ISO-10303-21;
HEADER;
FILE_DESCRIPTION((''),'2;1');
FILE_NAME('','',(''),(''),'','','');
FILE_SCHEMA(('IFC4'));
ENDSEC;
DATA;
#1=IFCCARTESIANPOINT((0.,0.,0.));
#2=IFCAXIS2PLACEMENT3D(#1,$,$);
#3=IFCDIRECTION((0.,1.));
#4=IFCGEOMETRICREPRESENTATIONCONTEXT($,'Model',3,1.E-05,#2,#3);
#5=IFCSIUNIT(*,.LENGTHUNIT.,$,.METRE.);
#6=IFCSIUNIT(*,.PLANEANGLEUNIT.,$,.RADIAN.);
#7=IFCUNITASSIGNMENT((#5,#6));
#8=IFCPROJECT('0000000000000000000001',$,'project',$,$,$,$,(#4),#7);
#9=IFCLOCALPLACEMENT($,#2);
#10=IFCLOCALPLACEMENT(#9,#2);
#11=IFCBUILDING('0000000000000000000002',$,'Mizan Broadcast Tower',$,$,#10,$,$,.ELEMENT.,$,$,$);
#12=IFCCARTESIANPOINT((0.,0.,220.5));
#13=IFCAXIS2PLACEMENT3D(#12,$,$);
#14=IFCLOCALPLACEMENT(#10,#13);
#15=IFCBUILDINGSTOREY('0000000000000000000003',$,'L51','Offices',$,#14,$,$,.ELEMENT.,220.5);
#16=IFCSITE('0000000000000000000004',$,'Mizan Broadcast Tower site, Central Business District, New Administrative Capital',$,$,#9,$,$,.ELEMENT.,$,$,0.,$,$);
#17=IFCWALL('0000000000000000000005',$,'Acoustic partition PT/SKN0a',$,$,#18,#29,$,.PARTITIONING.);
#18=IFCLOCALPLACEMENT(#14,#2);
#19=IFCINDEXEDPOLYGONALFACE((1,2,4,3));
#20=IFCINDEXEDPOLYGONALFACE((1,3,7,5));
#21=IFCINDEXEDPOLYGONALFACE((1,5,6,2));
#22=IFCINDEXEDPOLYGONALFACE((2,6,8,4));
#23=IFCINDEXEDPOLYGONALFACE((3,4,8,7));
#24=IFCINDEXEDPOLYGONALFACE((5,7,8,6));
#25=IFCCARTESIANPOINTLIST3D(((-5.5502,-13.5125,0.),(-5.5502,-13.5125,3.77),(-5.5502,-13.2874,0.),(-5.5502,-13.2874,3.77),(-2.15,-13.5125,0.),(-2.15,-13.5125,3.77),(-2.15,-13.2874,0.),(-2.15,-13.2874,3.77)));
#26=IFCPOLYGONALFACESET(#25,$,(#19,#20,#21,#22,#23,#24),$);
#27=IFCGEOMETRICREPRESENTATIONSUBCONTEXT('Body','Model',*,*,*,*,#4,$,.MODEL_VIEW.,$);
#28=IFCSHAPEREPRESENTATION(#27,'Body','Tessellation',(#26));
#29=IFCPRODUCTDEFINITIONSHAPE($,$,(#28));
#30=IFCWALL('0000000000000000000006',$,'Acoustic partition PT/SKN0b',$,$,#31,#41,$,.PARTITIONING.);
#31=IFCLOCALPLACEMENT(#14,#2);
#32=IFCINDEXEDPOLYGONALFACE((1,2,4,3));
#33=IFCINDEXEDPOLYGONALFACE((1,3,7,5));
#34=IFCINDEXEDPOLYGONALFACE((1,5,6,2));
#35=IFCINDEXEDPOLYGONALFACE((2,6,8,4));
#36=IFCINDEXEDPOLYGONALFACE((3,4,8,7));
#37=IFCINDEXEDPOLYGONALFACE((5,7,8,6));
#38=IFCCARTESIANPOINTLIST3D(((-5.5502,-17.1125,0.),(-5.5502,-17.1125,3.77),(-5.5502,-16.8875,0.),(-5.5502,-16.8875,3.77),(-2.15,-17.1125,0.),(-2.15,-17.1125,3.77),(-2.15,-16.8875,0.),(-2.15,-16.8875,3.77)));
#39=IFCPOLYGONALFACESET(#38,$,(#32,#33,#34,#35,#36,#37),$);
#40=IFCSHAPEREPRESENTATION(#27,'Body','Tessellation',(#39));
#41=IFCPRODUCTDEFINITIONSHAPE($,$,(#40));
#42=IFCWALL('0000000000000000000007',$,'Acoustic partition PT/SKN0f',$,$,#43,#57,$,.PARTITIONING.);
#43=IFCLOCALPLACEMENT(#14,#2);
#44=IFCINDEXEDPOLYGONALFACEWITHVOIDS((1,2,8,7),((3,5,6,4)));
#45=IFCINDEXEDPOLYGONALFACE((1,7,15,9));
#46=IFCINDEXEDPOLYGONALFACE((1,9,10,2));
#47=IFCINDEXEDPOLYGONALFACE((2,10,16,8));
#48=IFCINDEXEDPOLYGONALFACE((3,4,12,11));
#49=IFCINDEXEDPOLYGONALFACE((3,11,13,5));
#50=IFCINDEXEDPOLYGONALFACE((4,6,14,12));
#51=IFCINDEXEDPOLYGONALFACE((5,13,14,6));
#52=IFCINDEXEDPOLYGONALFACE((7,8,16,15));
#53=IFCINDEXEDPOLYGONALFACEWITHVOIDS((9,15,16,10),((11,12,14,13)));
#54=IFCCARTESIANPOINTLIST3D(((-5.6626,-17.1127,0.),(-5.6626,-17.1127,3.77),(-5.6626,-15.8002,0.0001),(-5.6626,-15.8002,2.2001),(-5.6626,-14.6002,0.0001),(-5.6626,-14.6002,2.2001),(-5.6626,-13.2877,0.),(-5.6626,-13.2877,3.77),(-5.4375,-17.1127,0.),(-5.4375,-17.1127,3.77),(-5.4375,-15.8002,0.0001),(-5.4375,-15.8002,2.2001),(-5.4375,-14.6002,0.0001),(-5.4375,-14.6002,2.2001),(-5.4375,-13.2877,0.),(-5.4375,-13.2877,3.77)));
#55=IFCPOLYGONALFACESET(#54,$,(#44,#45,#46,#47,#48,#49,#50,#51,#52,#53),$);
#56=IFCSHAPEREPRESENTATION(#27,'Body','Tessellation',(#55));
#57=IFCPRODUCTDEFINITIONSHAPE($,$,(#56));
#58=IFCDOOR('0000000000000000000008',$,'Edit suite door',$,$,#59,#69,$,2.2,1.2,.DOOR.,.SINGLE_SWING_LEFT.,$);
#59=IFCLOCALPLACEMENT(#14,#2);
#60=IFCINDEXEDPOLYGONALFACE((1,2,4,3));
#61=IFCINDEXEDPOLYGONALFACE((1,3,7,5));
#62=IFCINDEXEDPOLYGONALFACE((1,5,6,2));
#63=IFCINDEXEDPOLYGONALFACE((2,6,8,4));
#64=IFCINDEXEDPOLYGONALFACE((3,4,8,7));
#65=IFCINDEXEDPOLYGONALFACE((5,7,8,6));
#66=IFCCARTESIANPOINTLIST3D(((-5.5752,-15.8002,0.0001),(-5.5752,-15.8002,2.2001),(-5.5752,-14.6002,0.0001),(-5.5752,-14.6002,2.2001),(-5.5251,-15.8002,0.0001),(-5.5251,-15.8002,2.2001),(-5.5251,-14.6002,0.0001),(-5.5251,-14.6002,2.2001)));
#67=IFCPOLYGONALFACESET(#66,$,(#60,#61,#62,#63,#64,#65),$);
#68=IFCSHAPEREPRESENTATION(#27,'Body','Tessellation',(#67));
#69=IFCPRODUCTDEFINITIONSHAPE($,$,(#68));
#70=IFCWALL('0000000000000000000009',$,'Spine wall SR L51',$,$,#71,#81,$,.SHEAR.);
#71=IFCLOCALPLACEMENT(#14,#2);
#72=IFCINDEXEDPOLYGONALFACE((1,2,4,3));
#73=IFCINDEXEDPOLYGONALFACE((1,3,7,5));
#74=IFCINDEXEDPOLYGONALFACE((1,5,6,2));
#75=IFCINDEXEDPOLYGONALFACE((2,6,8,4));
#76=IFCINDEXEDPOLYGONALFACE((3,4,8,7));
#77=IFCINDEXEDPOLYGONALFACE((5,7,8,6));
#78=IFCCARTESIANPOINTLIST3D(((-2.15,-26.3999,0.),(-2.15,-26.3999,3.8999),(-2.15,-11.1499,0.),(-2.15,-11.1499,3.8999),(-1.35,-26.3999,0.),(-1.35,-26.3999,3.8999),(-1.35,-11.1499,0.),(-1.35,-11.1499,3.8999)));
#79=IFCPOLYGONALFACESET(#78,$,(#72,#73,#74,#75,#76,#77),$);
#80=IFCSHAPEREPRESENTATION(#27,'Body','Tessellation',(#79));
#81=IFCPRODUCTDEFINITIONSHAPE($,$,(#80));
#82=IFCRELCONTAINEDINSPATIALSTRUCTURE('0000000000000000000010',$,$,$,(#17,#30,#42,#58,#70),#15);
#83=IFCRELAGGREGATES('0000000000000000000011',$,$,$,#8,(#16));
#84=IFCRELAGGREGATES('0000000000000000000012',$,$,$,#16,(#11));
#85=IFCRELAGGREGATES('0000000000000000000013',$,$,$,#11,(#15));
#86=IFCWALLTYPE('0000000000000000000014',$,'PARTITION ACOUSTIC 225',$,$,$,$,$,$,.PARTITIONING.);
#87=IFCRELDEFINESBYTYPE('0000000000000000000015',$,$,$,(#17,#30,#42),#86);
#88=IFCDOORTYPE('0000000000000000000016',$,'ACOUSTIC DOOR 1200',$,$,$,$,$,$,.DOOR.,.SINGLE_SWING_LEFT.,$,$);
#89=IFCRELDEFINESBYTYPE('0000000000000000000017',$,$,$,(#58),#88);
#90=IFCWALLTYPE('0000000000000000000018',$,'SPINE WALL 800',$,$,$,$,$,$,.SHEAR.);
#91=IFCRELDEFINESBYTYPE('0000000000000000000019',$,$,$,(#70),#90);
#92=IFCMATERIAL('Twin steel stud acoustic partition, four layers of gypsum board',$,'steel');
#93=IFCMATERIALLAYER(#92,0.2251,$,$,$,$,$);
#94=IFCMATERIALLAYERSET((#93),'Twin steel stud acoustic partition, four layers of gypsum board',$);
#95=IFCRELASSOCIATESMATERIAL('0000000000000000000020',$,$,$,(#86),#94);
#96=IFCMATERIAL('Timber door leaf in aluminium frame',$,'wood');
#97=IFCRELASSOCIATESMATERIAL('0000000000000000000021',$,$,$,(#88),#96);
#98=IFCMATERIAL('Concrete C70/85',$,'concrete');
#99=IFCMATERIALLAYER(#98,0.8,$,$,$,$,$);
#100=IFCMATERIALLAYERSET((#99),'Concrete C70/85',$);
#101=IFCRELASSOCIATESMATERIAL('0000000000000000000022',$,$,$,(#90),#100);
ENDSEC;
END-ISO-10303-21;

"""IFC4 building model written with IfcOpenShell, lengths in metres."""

from ifc_helpers import new_model, si_unit, direction, frame, frame_2d, origin, place, context, subcontext, project, spatial, rectangle, extrude, material, layer, layer_set, type_object, element, fill, save


model = new_model("IFC4")

# Units and contexts
model_context = context("Model", 3, precision=1e-05, world=origin(), true_north=direction((0.0, 1.0)))
body_context = subcontext(model_context, "Body", "Model", "MODEL_VIEW")
ifc_project = project(units=[si_unit("LENGTHUNIT", "METRE"), si_unit("PLANEANGLEUNIT", "RADIAN")], contexts=[model_context])

# Site, building, storey
site_placement = place(None, origin())
site = spatial("IfcSite", under=ifc_project, at=site_placement, Name="Mizan Broadcast Tower site, Central Business District, New Administrative Capital", CompositionType="ELEMENT", RefElevation=0.0)
building_placement = place(site_placement, origin())
building = spatial("IfcBuilding", under=site, at=building_placement, Name="Mizan Broadcast Tower", CompositionType="ELEMENT")
storey_placement = place(building_placement, frame((0.0, 0.0, 220.5)))
storey = spatial("IfcBuildingStorey", under=building, at=storey_placement, Name="L51", Description="Offices", CompositionType="ELEMENT", Elevation=220.5)

# Walls
ifc_material_1 = material(Name="Twin steel stud acoustic partition, four layers of gypsum board", Category="steel")
ifc_layer_1 = layer(ifc_material_1, 0.2251)
ifc_layer_set_1 = layer_set([ifc_layer_1], Name="Twin steel stud acoustic partition, four layers of gypsum board")
wall_type_1 = type_object("IfcWallType", Name="PARTITION ACOUSTIC 225", PredefinedType="PARTITIONING", material=ifc_layer_set_1)
for number, where, z_axis, x_axis, name in (
    (1, (-2.1499, -13.3999, 0.0), (0.0, 0.0, 1.0), (-1.0, 0.0, 0.0), "Acoustic partition PT/SKN0a"),
    (2, (-2.1499, -17.0, 0.0), (0.0, 0.0, 1.0), (-1.0, 0.0, 0.0), "Acoustic partition PT/SKN0b"),
):
    element("IfcWall", number, at=place(storey_placement, frame(where, z_axis=z_axis, x_axis=x_axis)), inside=storey, type_object=wall_type_1, Name=name, PredefinedType="PARTITIONING", context=body_context, shape_type="SweptSolid", body=[
        extrude(rectangle(XDim=3.4001, YDim=0.2251, at=frame_2d((1.7002, 0.0))), origin(), (0.0, 0.0, 1.0), 3.77),
    ])

# Wall, opening, door
wall_1_placement = place(storey_placement, frame((-5.55, -13.2876, 0.0), z_axis=(0.0, 0.0, 1.0), x_axis=(0.0, -1.0, 0.0)))
wall_1 = element("IfcWall", 3, at=wall_1_placement, inside=storey, type_object=wall_type_1, Name="Acoustic partition PT/SKN0f", PredefinedType="PARTITIONING", context=body_context, shape_type="SweptSolid", body=[
    extrude(rectangle(XDim=3.825, YDim=0.2251, at=frame_2d((1.9126, 0.0))), origin(), (0.0, 0.0, 1.0), 3.77),
])
opening_1_placement = place(wall_1_placement, frame((1.3125, 0.0, 0.0)))
opening_1 = element("IfcOpeningElement", 4, at=opening_1_placement, cuts=wall_1, PredefinedType="OPENING", context=body_context, shape_type="SweptSolid", body=[
    extrude(rectangle(XDim=1.2, YDim=2.2, at=frame_2d((0.6001, 1.1001))), frame((0.0, 0.1226, 0.0), z_axis=(0.0, -1.0, 0.0), x_axis=(1.0, 0.0, 0.0)), (0.0, 0.0, 1.0), 0.2451),
])
ifc_material_2 = material(Name="Timber door leaf in aluminium frame", Category="wood")
door_type_1 = type_object("IfcDoorType", Name="ACOUSTIC DOOR 1200", OperationType="SINGLE_SWING_LEFT", PredefinedType="DOOR", material=ifc_material_2)
door_1_placement = place(opening_1_placement, origin())
door_1 = element("IfcDoor", 5, at=door_1_placement, inside=storey, type_object=door_type_1, Name="Edit suite door", OperationType="SINGLE_SWING_LEFT", OverallHeight=2.2, OverallWidth=1.2, PredefinedType="DOOR", context=body_context, shape_type="SweptSolid", body=[
    extrude(rectangle(XDim=1.2, YDim=2.2, at=frame_2d((0.6001, 1.1001))), frame((0.0, 0.0249, 0.0), z_axis=(0.0, -1.0, 0.0), x_axis=(1.0, 0.0, 0.0)), (0.0, 0.0, 1.0), 0.05),
])
fill(opening_1, door_1)

# Wall
ifc_material_3 = material(Name="Concrete C70/85", Category="concrete")
ifc_layer_2 = layer(ifc_material_3, 0.8)
ifc_layer_set_2 = layer_set([ifc_layer_2], Name="Concrete C70/85")
wall_type_2 = type_object("IfcWallType", Name="SPINE WALL 800", PredefinedType="SHEAR", material=ifc_layer_set_2)
wall_2_placement = place(storey_placement, frame((-1.75, -11.1499, 0.0), z_axis=(0.0, 0.0, 1.0), x_axis=(0.0, -1.0, 0.0)))
element("IfcWall", 6, at=wall_2_placement, inside=storey, type_object=wall_type_2, Name="Spine wall SR L51", PredefinedType="SHEAR", context=body_context, shape_type="SweptSolid", body=[
    extrude(rectangle(XDim=15.25, YDim=0.8, at=frame_2d((7.625, 0.0))), origin(), (0.0, 0.0, 1.0), 3.8999),
])

save(model, "model.ifc")
